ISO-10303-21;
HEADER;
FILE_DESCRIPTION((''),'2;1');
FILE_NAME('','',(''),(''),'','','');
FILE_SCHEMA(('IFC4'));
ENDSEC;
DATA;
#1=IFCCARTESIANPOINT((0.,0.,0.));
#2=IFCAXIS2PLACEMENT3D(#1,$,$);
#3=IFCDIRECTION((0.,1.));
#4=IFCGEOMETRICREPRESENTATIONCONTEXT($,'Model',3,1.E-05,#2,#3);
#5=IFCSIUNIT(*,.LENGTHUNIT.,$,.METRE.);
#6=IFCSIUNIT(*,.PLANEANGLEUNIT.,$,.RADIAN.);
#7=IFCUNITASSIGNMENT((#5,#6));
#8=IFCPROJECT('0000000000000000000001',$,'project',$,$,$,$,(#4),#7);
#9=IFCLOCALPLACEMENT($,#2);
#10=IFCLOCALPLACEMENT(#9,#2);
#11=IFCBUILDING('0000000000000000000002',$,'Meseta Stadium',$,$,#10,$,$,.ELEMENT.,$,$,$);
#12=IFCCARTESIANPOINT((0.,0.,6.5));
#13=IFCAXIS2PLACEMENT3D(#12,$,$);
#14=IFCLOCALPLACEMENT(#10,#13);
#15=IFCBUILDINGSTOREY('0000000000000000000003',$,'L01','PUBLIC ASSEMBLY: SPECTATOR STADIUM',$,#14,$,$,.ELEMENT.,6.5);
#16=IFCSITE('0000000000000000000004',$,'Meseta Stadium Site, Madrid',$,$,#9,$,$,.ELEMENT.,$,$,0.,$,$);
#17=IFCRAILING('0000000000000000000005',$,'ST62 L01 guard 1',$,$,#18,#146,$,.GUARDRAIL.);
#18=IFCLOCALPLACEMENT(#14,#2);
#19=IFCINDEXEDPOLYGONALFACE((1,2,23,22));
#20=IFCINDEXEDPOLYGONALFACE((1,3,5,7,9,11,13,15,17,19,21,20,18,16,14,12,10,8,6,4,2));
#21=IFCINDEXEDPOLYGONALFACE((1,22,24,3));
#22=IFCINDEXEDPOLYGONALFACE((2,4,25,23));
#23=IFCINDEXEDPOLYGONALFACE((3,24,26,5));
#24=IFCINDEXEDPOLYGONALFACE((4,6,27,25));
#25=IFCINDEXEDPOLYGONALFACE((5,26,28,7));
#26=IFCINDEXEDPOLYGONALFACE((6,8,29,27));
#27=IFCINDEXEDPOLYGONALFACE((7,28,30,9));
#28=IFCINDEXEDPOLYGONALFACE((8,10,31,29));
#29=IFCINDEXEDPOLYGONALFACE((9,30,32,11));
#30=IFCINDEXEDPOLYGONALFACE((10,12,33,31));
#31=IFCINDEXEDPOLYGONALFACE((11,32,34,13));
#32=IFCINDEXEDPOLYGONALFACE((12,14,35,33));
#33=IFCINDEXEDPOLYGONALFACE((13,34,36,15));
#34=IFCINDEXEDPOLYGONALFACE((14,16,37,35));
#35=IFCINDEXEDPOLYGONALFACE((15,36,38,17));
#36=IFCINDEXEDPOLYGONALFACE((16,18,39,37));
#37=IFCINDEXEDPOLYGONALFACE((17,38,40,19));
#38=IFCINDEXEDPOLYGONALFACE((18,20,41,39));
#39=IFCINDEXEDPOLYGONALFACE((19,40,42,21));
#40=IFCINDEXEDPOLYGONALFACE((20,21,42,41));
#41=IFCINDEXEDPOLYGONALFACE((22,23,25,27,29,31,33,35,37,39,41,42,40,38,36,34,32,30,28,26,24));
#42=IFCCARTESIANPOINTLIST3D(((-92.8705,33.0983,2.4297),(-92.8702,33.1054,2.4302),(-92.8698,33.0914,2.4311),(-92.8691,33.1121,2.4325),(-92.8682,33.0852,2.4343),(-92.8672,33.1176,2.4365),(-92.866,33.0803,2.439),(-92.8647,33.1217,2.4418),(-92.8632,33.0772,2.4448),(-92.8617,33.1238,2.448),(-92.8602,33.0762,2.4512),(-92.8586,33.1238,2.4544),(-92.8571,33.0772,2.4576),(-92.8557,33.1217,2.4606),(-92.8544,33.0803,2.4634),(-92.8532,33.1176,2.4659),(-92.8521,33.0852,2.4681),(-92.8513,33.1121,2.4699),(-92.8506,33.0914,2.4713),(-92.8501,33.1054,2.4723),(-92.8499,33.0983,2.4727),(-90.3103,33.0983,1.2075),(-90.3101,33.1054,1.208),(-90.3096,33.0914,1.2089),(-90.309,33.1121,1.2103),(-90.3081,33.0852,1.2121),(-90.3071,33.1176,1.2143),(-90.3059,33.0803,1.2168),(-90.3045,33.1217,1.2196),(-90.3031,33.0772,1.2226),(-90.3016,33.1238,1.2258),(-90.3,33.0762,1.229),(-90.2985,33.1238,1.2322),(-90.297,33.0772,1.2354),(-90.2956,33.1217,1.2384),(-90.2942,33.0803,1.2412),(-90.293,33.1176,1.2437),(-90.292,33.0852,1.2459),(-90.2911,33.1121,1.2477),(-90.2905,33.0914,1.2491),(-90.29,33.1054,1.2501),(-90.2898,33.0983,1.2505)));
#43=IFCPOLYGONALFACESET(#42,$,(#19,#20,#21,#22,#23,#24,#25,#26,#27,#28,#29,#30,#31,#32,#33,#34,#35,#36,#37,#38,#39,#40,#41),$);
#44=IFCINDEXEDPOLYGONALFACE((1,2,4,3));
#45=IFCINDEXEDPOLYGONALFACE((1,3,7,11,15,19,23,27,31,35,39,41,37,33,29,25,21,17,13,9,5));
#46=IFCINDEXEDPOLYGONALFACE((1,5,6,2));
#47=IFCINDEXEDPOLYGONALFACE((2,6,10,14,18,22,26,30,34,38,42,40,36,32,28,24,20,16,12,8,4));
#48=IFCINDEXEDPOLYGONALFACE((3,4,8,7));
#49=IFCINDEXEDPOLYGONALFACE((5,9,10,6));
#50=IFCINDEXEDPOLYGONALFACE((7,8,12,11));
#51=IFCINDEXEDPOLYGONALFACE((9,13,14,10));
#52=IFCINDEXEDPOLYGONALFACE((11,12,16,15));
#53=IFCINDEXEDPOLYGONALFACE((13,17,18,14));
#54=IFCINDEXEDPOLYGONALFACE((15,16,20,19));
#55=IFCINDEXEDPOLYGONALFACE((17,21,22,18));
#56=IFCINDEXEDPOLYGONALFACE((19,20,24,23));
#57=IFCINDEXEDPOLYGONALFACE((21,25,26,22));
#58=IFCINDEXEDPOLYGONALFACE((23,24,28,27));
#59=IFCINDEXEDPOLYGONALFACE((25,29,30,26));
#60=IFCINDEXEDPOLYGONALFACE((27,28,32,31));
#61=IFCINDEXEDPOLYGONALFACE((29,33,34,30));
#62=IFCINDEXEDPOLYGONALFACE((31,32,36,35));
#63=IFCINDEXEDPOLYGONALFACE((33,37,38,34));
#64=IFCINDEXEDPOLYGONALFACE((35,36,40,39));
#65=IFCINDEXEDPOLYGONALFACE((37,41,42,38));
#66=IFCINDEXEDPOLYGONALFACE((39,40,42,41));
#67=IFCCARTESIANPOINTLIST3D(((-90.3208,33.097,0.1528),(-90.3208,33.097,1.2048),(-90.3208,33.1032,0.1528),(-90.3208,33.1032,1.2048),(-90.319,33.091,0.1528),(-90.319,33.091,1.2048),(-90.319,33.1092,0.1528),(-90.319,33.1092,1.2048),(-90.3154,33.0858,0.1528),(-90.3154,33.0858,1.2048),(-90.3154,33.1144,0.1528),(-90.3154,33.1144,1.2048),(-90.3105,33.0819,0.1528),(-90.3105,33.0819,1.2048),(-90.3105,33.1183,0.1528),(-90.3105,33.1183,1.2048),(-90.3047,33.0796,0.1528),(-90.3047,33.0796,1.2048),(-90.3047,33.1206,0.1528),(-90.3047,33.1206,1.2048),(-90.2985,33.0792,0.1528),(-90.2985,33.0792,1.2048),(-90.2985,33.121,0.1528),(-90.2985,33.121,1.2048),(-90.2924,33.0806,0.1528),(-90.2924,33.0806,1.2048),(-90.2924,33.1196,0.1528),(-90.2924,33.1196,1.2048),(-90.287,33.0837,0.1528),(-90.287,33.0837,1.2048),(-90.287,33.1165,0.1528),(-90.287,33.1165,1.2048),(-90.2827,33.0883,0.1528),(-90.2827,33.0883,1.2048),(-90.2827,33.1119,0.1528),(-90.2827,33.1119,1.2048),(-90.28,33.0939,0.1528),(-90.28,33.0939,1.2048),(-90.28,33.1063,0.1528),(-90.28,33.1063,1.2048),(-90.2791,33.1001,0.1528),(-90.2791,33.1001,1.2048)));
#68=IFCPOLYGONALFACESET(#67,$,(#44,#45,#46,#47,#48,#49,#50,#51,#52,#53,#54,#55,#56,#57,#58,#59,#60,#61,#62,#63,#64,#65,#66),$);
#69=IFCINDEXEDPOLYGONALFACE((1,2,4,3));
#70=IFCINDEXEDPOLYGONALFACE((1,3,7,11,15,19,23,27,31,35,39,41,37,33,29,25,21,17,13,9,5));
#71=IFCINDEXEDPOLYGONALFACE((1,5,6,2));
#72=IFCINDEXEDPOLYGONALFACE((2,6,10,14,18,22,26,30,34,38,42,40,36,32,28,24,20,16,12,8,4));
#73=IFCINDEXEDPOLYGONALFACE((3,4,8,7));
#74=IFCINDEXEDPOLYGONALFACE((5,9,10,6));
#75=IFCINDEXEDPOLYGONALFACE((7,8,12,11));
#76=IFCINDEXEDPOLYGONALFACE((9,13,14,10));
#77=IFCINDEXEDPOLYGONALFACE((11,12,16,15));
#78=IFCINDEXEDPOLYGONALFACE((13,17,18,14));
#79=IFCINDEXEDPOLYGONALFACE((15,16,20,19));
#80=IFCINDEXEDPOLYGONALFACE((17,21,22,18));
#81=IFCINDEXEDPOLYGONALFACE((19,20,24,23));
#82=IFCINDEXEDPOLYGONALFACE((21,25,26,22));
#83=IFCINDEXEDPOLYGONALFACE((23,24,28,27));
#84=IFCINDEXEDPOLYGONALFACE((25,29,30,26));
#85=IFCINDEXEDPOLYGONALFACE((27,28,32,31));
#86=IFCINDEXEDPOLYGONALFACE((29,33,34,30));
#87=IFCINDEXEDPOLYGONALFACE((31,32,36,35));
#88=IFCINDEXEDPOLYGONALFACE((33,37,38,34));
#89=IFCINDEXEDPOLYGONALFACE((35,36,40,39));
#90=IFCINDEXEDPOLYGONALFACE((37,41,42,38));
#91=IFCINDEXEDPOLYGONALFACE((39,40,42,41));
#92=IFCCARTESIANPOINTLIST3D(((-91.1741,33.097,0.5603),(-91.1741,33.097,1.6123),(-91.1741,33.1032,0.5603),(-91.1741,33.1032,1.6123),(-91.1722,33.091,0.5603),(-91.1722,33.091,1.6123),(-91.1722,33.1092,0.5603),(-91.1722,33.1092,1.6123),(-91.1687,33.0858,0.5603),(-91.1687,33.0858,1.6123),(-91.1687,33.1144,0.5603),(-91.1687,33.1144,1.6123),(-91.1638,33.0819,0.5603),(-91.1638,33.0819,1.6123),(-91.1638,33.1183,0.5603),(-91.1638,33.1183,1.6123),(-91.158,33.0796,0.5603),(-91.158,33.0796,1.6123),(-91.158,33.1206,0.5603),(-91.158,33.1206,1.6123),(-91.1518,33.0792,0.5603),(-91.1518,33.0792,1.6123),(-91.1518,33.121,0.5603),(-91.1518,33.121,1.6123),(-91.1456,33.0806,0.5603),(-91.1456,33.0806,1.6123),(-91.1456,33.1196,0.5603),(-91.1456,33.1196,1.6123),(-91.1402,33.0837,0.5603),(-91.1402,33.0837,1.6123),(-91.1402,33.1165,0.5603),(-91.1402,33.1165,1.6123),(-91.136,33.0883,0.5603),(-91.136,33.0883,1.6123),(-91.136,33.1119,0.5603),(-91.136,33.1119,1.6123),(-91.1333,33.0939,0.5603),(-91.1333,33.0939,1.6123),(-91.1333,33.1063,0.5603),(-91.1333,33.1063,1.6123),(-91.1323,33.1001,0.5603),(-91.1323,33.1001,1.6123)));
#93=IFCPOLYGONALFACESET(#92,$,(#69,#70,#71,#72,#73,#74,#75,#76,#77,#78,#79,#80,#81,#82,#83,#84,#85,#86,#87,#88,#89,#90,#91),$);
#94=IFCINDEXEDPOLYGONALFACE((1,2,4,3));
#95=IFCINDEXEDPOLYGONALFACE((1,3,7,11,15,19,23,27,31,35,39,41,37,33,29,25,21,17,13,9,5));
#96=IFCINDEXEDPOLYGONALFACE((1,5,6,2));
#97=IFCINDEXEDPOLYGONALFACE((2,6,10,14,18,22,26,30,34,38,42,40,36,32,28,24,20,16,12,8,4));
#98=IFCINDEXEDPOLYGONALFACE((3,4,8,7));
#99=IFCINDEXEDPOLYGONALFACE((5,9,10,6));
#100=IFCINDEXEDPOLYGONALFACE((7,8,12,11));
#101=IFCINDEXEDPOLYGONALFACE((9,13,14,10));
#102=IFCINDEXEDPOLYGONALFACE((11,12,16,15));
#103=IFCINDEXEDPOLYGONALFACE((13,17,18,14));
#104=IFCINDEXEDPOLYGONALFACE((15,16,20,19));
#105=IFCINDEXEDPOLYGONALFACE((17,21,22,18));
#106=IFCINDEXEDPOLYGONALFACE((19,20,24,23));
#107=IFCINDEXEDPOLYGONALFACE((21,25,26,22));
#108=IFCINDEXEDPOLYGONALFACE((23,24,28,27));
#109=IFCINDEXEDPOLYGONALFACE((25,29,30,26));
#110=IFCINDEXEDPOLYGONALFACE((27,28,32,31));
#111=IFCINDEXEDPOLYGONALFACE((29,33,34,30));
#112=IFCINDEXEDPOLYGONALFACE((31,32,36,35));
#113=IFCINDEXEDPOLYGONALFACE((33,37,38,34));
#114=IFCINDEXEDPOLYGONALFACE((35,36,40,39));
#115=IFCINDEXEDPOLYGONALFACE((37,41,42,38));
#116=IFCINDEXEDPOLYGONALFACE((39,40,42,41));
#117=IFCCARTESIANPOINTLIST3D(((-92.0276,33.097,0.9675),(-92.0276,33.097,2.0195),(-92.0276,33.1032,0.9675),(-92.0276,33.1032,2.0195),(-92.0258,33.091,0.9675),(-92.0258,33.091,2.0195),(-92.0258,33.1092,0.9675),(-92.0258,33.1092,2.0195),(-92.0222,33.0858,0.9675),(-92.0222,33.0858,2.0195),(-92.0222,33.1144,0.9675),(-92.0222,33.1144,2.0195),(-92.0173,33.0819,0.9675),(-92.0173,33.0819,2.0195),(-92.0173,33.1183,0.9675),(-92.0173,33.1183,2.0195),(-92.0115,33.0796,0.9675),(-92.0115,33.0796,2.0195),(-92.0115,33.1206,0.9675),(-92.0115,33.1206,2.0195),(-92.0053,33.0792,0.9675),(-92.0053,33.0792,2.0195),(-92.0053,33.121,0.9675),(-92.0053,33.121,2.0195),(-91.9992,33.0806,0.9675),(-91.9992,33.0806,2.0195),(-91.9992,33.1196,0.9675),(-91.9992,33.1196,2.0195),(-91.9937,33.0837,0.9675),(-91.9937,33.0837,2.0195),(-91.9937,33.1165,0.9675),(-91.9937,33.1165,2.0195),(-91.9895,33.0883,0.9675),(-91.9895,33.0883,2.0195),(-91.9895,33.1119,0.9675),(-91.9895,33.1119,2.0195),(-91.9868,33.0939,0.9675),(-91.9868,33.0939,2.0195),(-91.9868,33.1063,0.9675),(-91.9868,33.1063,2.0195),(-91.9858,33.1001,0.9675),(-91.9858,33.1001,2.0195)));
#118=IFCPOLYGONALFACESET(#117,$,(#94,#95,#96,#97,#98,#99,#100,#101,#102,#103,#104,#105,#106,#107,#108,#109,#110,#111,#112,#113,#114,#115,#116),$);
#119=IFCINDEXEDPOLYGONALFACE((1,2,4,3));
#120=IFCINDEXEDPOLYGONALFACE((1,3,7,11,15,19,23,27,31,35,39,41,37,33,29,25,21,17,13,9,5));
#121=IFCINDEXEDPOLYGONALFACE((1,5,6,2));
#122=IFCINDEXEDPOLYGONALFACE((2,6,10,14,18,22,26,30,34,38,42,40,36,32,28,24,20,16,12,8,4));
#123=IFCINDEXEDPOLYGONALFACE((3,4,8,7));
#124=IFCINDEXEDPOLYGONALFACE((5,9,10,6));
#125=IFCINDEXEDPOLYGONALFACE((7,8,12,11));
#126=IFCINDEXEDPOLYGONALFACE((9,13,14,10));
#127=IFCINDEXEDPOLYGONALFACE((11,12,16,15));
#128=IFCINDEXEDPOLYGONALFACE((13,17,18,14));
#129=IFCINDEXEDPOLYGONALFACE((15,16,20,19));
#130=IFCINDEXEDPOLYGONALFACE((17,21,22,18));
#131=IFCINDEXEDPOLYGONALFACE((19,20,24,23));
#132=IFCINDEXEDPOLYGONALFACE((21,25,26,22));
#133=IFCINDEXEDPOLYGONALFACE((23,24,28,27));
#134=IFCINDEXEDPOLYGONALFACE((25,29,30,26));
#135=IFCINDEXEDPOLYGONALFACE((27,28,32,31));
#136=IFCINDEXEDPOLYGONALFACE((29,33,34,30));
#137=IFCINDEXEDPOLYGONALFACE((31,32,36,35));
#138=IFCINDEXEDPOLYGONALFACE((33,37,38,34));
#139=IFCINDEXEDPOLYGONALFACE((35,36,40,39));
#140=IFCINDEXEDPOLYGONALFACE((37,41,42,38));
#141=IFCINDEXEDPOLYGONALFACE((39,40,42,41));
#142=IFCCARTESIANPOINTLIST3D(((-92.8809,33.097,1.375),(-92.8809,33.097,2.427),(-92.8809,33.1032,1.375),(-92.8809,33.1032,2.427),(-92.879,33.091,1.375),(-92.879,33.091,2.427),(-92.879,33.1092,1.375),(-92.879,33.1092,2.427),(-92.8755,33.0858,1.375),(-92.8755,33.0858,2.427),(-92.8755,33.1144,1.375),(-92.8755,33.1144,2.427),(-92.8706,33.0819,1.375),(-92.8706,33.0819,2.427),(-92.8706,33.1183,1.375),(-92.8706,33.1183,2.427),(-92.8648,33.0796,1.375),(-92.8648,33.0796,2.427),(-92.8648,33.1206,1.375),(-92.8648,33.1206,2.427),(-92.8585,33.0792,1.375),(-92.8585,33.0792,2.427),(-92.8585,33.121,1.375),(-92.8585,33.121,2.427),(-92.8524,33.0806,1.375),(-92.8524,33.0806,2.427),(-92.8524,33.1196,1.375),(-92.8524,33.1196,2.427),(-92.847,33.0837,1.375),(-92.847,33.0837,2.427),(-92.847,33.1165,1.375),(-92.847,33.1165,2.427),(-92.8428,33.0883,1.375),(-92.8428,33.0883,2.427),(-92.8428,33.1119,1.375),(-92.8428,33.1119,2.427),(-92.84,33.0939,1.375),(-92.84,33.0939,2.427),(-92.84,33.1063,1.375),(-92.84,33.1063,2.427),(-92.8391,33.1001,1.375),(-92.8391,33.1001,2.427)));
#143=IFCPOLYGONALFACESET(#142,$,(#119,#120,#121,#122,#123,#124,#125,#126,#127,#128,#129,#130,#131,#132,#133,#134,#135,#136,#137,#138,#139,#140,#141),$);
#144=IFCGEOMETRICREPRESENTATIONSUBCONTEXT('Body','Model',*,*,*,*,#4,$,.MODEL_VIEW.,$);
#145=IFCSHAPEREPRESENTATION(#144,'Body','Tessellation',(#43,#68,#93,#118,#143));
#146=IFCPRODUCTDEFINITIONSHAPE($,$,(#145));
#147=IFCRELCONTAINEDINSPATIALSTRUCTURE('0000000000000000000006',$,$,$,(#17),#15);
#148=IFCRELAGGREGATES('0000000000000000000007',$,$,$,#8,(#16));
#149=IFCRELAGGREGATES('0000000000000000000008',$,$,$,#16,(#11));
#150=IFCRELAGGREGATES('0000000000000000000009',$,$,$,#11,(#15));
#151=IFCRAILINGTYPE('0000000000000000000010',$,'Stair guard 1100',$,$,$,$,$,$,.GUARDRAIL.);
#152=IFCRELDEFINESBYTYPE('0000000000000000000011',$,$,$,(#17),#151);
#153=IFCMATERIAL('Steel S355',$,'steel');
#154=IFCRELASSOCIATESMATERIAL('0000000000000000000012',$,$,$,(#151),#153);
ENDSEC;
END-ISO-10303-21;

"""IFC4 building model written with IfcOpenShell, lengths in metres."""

from ifc_helpers import new_model, si_unit, direction, frame, origin, origin_2d, place, context, subcontext, project, spatial, circle, extrude, material, type_object, element, save


model = new_model("IFC4")

# Units and contexts
model_context = context("Model", 3, precision=1e-05, world=origin(), true_north=direction((0.0, 1.0)))
body_context = subcontext(model_context, "Body", "Model", "MODEL_VIEW")
ifc_project = project(units=[si_unit("LENGTHUNIT", "METRE"), si_unit("PLANEANGLEUNIT", "RADIAN")], contexts=[model_context])

# Site, building, storey
site_placement = place(None, origin())
site = spatial("IfcSite", under=ifc_project, at=site_placement, Name="Meseta Stadium Site, Madrid", CompositionType="ELEMENT", RefElevation=0.0)
building_placement = place(site_placement, origin())
building = spatial("IfcBuilding", under=site, at=building_placement, Name="Meseta Stadium", CompositionType="ELEMENT")
storey_placement = place(building_placement, frame((0.0, 0.0, 6.5)))
storey = spatial("IfcBuildingStorey", under=building, at=storey_placement, Name="L01", Description="PUBLIC ASSEMBLY: SPECTATOR STADIUM", CompositionType="ELEMENT", Elevation=6.5)

# Railing
ifc_material_1 = material(Name="Steel S355", Category="steel")
railing_type_1 = type_object("IfcRailingType", Name="Stair guard 1100", PredefinedType="GUARDRAIL", material=ifc_material_1)
railing_1_placement = place(storey_placement, frame((-90.3, 33.1001, 0.1528)))
element("IfcRailing", 1, at=railing_1_placement, inside=storey, type_object=railing_type_1, Name="ST62 L01 guard 1", PredefinedType="GUARDRAIL", context=body_context, shape_type="SweptSolid", body=[
    extrude(circle(Radius=0.0239, at=origin_2d()), frame((0.0, 0.0, 1.0762), z_axis=(-0.902437, 0.0, 0.430822), x_axis=(0.0, -1.0, 0.0)), (0.0, 0.0, 1.0), 2.8369),
    extrude(circle(Radius=0.021, at=origin_2d()), origin(), (0.0, 0.0, 1.0), 1.052),
    extrude(circle(Radius=0.021, at=origin_2d()), frame((-0.8533, 0.0, 0.4075)), (0.0, 0.0, 1.0), 1.052),
    extrude(circle(Radius=0.021, at=origin_2d()), frame((-1.7068, 0.0, 0.8147)), (0.0, 0.0, 1.0), 1.052),
    extrude(circle(Radius=0.021, at=origin_2d()), frame((-2.5601, 0.0, 1.2222)), (0.0, 0.0, 1.0), 1.052),
])

save(model, "model.ifc")
